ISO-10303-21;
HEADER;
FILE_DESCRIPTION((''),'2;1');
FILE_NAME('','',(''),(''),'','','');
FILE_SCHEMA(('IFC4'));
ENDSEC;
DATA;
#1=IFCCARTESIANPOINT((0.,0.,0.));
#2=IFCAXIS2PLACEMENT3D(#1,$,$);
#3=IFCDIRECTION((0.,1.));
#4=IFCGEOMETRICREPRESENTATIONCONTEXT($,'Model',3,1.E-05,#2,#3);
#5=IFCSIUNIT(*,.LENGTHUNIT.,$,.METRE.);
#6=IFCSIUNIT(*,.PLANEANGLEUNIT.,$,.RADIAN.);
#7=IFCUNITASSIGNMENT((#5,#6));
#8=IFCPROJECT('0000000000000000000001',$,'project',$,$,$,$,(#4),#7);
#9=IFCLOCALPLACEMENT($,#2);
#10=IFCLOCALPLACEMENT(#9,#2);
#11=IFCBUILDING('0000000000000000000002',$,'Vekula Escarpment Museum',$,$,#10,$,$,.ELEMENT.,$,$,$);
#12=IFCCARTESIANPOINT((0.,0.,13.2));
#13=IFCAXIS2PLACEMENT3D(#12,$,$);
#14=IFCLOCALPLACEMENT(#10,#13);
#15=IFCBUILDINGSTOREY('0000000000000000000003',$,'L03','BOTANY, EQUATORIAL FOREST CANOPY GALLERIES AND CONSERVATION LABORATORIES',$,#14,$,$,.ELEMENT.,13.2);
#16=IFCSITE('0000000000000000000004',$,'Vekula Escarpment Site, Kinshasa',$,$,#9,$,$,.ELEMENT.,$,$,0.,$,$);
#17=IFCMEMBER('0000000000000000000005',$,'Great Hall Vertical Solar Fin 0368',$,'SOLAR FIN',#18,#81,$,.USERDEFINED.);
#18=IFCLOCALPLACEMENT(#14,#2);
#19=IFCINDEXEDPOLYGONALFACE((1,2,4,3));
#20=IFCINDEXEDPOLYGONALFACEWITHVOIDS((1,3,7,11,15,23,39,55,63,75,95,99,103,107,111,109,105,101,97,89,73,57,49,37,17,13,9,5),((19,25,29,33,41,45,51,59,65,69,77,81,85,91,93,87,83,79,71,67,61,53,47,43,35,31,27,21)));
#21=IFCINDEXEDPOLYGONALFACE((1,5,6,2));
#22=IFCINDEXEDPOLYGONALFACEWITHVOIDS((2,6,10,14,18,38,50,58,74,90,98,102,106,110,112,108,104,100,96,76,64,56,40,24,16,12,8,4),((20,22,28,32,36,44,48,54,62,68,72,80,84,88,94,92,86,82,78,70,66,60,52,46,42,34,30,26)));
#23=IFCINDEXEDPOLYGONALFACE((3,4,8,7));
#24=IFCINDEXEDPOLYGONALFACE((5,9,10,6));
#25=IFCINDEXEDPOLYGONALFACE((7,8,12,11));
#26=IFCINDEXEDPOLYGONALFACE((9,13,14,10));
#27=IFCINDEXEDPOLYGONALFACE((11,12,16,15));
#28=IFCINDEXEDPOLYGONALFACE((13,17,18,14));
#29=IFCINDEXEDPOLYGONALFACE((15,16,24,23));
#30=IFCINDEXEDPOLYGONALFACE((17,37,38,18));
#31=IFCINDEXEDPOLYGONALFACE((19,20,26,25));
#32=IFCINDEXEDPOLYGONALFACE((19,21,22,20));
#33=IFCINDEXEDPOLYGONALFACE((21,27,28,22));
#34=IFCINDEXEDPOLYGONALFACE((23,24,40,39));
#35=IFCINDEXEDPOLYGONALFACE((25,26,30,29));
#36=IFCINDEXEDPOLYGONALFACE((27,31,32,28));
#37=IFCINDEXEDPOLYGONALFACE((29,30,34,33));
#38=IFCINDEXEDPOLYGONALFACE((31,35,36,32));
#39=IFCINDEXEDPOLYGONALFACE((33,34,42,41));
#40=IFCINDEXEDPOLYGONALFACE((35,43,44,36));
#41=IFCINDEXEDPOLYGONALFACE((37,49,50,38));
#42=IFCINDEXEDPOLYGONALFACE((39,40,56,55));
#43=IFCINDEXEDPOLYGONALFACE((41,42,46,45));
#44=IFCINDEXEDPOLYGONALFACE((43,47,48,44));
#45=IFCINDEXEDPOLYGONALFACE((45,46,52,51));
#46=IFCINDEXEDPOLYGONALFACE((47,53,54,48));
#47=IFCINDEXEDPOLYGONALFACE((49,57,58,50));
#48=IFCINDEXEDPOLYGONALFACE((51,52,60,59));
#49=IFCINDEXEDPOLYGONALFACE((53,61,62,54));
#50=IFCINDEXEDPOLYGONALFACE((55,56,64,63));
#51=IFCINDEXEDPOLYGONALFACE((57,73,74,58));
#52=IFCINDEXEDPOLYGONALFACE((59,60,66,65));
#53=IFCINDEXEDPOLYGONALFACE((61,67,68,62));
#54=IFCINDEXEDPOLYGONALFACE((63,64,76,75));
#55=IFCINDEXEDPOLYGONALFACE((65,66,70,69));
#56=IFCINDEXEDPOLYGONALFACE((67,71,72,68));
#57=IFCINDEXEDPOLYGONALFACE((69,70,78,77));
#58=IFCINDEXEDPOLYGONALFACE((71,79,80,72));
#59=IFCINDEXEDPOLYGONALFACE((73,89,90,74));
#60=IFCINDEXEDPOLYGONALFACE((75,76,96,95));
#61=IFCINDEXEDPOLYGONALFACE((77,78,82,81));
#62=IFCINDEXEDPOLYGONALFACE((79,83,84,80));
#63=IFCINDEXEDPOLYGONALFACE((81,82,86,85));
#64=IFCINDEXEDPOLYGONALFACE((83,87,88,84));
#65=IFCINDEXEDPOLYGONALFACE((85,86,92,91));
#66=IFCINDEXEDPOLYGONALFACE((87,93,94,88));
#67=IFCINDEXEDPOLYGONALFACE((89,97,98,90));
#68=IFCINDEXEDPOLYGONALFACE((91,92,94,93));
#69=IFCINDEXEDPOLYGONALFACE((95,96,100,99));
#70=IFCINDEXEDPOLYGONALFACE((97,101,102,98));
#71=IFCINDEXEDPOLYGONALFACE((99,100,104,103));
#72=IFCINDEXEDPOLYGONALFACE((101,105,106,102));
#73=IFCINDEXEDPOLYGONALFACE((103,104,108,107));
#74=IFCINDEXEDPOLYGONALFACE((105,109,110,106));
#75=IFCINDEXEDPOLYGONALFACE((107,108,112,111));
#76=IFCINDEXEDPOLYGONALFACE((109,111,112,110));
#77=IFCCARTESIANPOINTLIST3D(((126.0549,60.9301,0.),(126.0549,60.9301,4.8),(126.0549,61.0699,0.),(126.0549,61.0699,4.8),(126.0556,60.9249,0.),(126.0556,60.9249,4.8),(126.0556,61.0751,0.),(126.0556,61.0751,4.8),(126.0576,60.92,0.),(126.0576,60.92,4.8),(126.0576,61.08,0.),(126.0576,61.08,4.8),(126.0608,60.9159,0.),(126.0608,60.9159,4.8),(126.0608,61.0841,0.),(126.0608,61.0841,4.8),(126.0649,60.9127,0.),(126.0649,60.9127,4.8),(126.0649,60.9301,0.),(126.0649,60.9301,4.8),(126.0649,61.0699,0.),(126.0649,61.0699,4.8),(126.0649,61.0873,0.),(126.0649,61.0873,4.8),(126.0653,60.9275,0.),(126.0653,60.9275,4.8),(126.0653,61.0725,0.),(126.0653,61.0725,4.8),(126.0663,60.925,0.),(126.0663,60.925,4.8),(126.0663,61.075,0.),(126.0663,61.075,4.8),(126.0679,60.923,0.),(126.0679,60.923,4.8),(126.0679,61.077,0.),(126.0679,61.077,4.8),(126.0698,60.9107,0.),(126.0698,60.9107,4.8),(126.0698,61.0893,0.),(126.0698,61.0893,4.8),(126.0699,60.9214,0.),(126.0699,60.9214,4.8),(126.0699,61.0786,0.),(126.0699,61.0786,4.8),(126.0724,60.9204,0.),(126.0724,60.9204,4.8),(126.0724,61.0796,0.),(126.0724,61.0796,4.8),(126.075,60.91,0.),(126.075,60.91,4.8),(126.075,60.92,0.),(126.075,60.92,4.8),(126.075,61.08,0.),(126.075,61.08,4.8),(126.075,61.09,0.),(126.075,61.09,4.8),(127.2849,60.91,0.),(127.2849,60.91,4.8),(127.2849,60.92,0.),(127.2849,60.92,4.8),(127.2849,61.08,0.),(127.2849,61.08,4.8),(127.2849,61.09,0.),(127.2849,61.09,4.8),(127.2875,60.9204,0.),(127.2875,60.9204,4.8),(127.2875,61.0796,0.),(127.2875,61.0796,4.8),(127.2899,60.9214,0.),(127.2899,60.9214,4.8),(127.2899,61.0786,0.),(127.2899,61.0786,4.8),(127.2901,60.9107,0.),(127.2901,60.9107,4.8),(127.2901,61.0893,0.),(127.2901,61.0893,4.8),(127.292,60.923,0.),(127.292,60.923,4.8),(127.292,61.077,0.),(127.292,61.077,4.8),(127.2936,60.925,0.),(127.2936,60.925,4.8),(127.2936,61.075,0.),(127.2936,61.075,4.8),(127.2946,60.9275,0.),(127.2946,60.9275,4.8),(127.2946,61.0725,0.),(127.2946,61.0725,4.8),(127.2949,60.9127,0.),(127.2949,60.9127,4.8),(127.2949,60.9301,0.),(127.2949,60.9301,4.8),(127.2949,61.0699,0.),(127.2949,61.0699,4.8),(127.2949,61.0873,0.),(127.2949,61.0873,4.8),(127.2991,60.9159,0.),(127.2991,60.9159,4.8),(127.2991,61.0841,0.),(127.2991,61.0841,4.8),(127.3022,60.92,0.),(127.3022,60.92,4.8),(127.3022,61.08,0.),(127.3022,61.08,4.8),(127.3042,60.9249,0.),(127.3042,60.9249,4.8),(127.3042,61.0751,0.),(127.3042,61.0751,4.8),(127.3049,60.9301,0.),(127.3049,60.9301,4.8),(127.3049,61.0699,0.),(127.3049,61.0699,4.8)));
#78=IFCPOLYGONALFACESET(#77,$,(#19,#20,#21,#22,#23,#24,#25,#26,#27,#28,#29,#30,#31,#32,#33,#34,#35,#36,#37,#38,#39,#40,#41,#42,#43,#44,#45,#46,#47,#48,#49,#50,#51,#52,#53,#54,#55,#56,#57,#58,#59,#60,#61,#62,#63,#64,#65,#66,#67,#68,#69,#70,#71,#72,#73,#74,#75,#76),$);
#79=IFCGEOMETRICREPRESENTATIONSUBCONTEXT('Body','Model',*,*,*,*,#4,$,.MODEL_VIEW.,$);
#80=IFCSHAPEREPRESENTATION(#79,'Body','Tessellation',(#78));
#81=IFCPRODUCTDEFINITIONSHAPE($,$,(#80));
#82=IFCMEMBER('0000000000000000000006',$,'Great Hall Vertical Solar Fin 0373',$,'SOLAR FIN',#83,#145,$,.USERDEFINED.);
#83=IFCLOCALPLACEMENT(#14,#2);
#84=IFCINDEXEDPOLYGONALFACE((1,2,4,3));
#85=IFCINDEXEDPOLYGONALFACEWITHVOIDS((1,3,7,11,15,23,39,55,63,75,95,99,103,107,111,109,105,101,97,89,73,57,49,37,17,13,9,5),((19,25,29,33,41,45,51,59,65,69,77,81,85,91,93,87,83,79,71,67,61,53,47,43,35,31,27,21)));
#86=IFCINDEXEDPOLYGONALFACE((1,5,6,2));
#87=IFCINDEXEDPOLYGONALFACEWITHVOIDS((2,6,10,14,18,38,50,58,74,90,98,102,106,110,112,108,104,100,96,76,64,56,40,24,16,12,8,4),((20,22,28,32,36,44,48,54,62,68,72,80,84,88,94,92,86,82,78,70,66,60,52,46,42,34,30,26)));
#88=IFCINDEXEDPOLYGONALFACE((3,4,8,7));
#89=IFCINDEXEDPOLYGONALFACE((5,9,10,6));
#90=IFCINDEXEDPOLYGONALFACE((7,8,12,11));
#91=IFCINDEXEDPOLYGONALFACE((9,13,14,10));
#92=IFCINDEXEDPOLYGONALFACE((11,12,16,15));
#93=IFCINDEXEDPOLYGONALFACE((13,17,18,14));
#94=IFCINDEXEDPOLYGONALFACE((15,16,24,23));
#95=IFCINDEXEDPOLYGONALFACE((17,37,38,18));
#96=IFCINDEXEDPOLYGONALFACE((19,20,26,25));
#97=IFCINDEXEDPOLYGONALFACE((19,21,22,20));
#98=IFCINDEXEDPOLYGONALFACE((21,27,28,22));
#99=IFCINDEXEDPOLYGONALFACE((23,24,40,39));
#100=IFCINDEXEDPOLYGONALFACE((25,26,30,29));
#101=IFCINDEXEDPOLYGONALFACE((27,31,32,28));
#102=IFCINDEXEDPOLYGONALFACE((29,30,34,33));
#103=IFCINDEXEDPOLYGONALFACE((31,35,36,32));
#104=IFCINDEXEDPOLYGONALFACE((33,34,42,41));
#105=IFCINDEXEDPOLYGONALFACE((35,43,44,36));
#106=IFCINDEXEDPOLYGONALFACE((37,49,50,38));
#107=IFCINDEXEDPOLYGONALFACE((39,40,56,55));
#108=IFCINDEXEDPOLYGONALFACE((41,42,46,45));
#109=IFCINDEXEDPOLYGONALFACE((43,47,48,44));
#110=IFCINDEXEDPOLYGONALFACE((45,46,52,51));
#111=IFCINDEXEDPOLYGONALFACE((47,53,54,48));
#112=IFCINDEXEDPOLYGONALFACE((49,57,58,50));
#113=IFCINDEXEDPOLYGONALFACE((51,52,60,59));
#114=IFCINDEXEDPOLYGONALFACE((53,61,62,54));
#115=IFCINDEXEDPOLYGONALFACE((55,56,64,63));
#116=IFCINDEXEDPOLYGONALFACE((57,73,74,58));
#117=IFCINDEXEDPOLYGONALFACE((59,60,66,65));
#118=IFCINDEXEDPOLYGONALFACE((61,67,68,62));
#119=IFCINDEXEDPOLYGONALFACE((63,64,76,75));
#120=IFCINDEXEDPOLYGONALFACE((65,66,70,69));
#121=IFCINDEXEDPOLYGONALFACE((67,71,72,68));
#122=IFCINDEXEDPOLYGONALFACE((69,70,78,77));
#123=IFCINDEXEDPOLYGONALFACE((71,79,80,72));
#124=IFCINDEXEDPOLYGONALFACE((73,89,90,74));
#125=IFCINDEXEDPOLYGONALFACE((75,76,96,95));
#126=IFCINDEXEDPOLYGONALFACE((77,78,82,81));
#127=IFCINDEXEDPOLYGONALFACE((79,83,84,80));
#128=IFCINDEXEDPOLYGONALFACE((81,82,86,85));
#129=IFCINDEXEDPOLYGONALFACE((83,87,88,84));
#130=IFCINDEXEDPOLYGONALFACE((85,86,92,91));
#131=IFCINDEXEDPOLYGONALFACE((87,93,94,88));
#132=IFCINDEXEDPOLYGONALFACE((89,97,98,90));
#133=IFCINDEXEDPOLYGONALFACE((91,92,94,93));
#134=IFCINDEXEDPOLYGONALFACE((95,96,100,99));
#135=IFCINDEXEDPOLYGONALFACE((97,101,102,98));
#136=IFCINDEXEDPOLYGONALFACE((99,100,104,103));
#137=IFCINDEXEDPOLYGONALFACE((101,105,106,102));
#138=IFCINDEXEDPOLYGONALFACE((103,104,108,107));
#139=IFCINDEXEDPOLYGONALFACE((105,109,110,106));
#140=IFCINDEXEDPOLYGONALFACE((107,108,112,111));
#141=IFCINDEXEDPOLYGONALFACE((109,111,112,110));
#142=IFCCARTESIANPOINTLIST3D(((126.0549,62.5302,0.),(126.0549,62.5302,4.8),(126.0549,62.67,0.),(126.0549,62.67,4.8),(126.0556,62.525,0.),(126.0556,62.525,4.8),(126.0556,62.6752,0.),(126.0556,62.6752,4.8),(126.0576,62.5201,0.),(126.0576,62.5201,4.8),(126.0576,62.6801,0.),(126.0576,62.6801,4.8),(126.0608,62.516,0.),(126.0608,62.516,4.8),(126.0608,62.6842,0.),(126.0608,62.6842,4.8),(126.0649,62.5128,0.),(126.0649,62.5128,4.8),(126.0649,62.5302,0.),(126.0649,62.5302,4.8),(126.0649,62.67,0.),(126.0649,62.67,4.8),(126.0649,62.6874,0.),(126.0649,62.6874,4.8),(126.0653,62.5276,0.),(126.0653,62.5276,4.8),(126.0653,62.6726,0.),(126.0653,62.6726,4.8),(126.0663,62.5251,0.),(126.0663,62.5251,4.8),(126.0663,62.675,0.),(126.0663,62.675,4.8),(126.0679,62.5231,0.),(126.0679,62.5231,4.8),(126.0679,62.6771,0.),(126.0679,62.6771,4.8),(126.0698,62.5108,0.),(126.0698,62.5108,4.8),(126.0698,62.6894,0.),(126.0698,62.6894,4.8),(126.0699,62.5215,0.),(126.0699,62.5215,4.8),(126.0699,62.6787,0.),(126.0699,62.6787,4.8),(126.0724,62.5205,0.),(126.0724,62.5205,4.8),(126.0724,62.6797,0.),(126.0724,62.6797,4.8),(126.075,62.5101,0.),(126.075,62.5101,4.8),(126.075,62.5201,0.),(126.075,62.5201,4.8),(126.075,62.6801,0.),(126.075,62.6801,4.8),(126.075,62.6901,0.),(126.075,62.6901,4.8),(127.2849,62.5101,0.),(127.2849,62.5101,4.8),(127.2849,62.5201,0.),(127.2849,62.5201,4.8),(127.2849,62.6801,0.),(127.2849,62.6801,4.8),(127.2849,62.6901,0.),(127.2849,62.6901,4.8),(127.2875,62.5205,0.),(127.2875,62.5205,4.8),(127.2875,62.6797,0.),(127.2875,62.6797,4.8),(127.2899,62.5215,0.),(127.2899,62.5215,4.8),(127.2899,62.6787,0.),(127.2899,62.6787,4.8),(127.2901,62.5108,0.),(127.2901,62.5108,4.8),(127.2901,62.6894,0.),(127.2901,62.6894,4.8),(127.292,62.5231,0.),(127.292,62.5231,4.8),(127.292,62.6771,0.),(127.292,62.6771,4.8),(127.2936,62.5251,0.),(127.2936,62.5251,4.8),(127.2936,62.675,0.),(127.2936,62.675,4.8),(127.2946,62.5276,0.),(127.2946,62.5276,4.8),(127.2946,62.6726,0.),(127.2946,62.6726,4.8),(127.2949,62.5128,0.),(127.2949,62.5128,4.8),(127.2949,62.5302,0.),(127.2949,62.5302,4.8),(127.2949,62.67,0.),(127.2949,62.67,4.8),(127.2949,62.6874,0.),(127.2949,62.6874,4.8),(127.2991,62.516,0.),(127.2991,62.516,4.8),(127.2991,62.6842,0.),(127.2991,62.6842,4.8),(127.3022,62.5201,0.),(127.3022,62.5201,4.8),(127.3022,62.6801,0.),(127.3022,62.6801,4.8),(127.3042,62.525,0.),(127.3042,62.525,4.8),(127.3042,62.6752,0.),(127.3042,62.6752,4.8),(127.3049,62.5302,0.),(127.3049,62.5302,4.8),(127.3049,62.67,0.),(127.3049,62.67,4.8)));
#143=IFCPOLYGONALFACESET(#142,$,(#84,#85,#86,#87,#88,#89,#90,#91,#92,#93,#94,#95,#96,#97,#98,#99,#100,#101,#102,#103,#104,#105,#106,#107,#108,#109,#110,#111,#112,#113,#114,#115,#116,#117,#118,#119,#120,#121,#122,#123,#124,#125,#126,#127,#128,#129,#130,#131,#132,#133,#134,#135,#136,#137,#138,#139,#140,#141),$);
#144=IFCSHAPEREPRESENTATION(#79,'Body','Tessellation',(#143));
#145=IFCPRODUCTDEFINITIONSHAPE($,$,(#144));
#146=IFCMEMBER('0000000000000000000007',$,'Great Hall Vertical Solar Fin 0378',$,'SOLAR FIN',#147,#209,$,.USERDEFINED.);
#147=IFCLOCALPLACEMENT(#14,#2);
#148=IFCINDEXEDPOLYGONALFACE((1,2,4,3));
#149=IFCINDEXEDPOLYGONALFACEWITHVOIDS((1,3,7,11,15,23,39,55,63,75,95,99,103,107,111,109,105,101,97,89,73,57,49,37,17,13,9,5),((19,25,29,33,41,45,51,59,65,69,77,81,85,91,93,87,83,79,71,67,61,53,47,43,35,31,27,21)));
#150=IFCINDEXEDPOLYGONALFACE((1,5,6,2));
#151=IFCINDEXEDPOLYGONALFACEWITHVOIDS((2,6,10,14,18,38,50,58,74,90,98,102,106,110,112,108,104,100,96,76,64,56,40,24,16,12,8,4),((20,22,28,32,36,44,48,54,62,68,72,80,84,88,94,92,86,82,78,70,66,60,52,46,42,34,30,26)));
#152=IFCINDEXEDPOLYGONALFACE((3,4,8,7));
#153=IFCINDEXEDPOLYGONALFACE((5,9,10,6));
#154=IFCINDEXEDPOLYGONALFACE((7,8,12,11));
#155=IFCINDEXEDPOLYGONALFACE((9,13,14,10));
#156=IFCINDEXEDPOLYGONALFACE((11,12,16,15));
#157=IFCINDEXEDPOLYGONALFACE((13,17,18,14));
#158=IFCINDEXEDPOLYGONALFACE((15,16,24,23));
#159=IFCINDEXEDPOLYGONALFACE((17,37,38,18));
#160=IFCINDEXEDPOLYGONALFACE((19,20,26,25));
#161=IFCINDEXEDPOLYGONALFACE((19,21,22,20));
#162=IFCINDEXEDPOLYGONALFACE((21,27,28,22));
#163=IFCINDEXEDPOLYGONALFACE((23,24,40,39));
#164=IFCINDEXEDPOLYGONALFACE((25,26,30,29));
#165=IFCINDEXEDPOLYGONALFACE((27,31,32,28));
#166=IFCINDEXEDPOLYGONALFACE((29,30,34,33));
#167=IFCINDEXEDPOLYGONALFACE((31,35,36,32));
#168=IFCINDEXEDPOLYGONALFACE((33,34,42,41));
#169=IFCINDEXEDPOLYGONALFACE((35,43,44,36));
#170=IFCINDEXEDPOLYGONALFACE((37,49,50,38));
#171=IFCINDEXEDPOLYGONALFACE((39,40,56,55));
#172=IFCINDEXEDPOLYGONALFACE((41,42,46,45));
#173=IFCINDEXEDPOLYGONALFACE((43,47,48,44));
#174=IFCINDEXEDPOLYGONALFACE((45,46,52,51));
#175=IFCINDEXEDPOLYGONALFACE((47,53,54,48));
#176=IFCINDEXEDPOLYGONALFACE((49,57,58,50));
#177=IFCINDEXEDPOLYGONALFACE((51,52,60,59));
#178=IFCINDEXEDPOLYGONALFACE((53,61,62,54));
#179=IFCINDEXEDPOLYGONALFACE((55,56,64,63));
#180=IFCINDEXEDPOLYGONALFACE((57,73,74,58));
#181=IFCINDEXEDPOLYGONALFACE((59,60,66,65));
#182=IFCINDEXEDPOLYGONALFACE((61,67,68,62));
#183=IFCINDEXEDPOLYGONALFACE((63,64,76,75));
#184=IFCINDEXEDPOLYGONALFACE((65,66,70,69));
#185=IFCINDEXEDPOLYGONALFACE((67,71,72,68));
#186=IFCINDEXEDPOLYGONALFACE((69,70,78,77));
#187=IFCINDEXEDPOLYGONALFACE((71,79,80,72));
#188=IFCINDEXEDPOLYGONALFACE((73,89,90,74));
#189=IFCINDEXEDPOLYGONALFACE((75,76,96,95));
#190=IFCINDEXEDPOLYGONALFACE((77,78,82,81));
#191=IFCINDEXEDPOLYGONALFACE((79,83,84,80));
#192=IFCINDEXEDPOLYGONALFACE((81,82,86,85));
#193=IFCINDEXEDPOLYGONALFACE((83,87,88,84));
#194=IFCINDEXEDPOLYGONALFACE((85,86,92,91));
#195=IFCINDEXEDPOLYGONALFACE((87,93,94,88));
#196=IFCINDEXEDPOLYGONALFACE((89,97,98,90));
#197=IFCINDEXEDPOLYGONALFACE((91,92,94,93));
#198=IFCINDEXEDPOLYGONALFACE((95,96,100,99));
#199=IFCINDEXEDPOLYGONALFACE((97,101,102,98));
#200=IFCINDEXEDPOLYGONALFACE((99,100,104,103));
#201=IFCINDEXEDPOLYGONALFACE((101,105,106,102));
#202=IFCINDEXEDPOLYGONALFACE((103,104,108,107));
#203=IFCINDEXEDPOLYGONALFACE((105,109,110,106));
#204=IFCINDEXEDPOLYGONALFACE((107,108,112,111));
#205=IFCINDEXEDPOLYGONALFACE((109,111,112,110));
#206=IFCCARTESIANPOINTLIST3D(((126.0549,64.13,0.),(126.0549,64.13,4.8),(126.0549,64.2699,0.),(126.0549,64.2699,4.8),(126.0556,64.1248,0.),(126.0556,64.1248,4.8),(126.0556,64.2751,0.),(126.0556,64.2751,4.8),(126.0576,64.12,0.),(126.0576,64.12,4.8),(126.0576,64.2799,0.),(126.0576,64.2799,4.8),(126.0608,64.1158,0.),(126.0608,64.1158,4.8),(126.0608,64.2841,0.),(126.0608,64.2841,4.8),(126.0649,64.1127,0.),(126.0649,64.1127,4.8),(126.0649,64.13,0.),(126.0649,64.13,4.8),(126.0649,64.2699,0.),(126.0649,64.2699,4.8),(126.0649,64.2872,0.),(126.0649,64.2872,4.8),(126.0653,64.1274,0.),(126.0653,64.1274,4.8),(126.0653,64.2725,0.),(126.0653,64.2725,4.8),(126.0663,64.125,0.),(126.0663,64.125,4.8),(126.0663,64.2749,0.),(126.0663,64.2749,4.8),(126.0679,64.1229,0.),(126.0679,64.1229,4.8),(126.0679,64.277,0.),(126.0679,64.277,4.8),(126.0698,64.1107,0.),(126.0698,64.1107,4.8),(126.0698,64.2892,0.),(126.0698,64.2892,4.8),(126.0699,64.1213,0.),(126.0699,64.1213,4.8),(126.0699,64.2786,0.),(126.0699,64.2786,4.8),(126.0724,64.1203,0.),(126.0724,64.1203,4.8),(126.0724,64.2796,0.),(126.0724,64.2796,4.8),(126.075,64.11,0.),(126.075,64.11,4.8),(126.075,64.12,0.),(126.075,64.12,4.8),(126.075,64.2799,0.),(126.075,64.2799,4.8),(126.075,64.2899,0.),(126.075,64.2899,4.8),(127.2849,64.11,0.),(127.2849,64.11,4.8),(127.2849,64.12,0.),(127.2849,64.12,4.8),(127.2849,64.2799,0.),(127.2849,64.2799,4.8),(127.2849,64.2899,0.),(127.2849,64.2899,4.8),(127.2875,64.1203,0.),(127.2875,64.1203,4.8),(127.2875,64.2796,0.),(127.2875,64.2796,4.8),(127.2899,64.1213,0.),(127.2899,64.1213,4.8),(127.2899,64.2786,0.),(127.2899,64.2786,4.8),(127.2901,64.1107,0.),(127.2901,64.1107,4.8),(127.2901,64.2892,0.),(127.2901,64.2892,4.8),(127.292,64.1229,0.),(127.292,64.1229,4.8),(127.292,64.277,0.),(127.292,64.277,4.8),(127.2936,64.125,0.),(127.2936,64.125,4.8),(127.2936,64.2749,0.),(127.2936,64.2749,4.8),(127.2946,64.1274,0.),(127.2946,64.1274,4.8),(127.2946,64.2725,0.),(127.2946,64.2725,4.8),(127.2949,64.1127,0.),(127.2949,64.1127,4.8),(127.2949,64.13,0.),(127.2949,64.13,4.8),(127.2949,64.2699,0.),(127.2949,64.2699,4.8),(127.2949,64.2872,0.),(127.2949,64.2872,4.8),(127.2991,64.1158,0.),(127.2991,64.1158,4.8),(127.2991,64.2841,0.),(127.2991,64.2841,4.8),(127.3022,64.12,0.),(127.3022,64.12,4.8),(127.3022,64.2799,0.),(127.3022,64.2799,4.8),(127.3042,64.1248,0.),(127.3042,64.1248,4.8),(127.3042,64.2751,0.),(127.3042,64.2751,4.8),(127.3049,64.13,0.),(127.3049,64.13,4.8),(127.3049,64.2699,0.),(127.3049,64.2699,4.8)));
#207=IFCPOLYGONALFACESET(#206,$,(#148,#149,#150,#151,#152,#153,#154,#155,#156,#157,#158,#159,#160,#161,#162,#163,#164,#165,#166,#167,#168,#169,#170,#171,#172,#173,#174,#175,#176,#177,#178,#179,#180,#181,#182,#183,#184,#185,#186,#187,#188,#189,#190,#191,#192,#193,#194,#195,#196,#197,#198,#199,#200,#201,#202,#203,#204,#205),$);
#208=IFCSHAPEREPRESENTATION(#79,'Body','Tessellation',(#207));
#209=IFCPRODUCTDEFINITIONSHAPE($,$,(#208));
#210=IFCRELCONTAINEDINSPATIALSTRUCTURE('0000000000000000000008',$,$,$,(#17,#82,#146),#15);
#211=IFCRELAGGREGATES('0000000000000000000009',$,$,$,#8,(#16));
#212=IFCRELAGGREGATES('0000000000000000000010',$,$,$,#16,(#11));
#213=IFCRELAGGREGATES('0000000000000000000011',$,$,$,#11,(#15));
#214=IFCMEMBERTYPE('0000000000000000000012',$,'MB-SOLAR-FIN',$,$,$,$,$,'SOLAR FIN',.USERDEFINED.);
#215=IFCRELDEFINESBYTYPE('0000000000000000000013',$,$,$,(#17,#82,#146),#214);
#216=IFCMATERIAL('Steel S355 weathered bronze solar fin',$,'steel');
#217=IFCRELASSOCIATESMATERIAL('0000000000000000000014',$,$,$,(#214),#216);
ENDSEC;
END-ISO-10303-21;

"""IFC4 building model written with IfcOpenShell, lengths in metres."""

from ifc_helpers import new_model, si_unit, direction, frame, origin, origin_2d, place, context, subcontext, project, spatial, hollow_rectangle, extrude, material, material_profile, profile_set, type_object, element, save


model = new_model("IFC4")

# Units and contexts
model_context = context("Model", 3, precision=1e-05, world=origin(), true_north=direction((0.0, 1.0)))
body_context = subcontext(model_context, "Body", "Model", "MODEL_VIEW")
ifc_project = project(units=[si_unit("LENGTHUNIT", "METRE"), si_unit("PLANEANGLEUNIT", "RADIAN")], contexts=[model_context])

# Site, building, storey
site_placement = place(None, origin())
site = spatial("IfcSite", under=ifc_project, at=site_placement, Name="Vekula Escarpment Site, Kinshasa", CompositionType="ELEMENT", RefElevation=0.0)
building_placement = place(site_placement, origin())
building = spatial("IfcBuilding", under=site, at=building_placement, Name="Vekula Escarpment Museum", CompositionType="ELEMENT")
storey_placement = place(building_placement, frame((0.0, 0.0, 13.2)))
storey = spatial("IfcBuildingStorey", under=building, at=storey_placement, Name="L03", Description="BOTANY, EQUATORIAL FOREST CANOPY GALLERIES AND CONSERVATION LABORATORIES", CompositionType="ELEMENT", Elevation=13.2)

# Members
ifc_material_1 = material(Name="Steel S355 weathered bronze solar fin", Category="steel")
ifc_material_profile_1 = material_profile(ifc_material_1, hollow_rectangle(XDim=0.1799, YDim=1.25, WallThickness=0.01, InnerFilletRadius=0.01, OuterFilletRadius=0.02, at=origin_2d()), Name="RHS 1250x180x10")
ifc_profile_set_1 = profile_set([ifc_material_profile_1], Name="Steel S355 weathered bronze solar fin")
member_type_1 = type_object("IfcMemberType", Name="MB-SOLAR-FIN", ElementType="SOLAR FIN", PredefinedType="USERDEFINED", material=ifc_profile_set_1)
for number, where, z_axis, x_axis, name in (
    (1, (126.6799, 61.0, 0.0), (0.0, 0.0, 1.0), (0.0, 1.0, 0.0), "Great Hall Vertical Solar Fin 0368"),
    (2, (126.6799, 62.6001, 0.0), (0.0, 0.0, 1.0), (0.0, 1.0, 0.0), "Great Hall Vertical Solar Fin 0373"),
    (3, (126.6799, 64.2, 0.0), (0.0, 0.0, 1.0), (0.0, 1.0, 0.0), "Great Hall Vertical Solar Fin 0378"),
):
    element("IfcMember", number, at=place(storey_placement, frame(where, z_axis=z_axis, x_axis=x_axis)), inside=storey, type_object=member_type_1, Name=name, ObjectType="SOLAR FIN", PredefinedType="USERDEFINED", context=body_context, shape_type="SweptSolid", body=[
        extrude(hollow_rectangle(XDim=0.1799, YDim=1.25, WallThickness=0.01, InnerFilletRadius=0.01, OuterFilletRadius=0.02, at=origin_2d()), origin(), (0.0, 0.0, 1.0), 4.8),
    ])

save(model, "model.ifc")
